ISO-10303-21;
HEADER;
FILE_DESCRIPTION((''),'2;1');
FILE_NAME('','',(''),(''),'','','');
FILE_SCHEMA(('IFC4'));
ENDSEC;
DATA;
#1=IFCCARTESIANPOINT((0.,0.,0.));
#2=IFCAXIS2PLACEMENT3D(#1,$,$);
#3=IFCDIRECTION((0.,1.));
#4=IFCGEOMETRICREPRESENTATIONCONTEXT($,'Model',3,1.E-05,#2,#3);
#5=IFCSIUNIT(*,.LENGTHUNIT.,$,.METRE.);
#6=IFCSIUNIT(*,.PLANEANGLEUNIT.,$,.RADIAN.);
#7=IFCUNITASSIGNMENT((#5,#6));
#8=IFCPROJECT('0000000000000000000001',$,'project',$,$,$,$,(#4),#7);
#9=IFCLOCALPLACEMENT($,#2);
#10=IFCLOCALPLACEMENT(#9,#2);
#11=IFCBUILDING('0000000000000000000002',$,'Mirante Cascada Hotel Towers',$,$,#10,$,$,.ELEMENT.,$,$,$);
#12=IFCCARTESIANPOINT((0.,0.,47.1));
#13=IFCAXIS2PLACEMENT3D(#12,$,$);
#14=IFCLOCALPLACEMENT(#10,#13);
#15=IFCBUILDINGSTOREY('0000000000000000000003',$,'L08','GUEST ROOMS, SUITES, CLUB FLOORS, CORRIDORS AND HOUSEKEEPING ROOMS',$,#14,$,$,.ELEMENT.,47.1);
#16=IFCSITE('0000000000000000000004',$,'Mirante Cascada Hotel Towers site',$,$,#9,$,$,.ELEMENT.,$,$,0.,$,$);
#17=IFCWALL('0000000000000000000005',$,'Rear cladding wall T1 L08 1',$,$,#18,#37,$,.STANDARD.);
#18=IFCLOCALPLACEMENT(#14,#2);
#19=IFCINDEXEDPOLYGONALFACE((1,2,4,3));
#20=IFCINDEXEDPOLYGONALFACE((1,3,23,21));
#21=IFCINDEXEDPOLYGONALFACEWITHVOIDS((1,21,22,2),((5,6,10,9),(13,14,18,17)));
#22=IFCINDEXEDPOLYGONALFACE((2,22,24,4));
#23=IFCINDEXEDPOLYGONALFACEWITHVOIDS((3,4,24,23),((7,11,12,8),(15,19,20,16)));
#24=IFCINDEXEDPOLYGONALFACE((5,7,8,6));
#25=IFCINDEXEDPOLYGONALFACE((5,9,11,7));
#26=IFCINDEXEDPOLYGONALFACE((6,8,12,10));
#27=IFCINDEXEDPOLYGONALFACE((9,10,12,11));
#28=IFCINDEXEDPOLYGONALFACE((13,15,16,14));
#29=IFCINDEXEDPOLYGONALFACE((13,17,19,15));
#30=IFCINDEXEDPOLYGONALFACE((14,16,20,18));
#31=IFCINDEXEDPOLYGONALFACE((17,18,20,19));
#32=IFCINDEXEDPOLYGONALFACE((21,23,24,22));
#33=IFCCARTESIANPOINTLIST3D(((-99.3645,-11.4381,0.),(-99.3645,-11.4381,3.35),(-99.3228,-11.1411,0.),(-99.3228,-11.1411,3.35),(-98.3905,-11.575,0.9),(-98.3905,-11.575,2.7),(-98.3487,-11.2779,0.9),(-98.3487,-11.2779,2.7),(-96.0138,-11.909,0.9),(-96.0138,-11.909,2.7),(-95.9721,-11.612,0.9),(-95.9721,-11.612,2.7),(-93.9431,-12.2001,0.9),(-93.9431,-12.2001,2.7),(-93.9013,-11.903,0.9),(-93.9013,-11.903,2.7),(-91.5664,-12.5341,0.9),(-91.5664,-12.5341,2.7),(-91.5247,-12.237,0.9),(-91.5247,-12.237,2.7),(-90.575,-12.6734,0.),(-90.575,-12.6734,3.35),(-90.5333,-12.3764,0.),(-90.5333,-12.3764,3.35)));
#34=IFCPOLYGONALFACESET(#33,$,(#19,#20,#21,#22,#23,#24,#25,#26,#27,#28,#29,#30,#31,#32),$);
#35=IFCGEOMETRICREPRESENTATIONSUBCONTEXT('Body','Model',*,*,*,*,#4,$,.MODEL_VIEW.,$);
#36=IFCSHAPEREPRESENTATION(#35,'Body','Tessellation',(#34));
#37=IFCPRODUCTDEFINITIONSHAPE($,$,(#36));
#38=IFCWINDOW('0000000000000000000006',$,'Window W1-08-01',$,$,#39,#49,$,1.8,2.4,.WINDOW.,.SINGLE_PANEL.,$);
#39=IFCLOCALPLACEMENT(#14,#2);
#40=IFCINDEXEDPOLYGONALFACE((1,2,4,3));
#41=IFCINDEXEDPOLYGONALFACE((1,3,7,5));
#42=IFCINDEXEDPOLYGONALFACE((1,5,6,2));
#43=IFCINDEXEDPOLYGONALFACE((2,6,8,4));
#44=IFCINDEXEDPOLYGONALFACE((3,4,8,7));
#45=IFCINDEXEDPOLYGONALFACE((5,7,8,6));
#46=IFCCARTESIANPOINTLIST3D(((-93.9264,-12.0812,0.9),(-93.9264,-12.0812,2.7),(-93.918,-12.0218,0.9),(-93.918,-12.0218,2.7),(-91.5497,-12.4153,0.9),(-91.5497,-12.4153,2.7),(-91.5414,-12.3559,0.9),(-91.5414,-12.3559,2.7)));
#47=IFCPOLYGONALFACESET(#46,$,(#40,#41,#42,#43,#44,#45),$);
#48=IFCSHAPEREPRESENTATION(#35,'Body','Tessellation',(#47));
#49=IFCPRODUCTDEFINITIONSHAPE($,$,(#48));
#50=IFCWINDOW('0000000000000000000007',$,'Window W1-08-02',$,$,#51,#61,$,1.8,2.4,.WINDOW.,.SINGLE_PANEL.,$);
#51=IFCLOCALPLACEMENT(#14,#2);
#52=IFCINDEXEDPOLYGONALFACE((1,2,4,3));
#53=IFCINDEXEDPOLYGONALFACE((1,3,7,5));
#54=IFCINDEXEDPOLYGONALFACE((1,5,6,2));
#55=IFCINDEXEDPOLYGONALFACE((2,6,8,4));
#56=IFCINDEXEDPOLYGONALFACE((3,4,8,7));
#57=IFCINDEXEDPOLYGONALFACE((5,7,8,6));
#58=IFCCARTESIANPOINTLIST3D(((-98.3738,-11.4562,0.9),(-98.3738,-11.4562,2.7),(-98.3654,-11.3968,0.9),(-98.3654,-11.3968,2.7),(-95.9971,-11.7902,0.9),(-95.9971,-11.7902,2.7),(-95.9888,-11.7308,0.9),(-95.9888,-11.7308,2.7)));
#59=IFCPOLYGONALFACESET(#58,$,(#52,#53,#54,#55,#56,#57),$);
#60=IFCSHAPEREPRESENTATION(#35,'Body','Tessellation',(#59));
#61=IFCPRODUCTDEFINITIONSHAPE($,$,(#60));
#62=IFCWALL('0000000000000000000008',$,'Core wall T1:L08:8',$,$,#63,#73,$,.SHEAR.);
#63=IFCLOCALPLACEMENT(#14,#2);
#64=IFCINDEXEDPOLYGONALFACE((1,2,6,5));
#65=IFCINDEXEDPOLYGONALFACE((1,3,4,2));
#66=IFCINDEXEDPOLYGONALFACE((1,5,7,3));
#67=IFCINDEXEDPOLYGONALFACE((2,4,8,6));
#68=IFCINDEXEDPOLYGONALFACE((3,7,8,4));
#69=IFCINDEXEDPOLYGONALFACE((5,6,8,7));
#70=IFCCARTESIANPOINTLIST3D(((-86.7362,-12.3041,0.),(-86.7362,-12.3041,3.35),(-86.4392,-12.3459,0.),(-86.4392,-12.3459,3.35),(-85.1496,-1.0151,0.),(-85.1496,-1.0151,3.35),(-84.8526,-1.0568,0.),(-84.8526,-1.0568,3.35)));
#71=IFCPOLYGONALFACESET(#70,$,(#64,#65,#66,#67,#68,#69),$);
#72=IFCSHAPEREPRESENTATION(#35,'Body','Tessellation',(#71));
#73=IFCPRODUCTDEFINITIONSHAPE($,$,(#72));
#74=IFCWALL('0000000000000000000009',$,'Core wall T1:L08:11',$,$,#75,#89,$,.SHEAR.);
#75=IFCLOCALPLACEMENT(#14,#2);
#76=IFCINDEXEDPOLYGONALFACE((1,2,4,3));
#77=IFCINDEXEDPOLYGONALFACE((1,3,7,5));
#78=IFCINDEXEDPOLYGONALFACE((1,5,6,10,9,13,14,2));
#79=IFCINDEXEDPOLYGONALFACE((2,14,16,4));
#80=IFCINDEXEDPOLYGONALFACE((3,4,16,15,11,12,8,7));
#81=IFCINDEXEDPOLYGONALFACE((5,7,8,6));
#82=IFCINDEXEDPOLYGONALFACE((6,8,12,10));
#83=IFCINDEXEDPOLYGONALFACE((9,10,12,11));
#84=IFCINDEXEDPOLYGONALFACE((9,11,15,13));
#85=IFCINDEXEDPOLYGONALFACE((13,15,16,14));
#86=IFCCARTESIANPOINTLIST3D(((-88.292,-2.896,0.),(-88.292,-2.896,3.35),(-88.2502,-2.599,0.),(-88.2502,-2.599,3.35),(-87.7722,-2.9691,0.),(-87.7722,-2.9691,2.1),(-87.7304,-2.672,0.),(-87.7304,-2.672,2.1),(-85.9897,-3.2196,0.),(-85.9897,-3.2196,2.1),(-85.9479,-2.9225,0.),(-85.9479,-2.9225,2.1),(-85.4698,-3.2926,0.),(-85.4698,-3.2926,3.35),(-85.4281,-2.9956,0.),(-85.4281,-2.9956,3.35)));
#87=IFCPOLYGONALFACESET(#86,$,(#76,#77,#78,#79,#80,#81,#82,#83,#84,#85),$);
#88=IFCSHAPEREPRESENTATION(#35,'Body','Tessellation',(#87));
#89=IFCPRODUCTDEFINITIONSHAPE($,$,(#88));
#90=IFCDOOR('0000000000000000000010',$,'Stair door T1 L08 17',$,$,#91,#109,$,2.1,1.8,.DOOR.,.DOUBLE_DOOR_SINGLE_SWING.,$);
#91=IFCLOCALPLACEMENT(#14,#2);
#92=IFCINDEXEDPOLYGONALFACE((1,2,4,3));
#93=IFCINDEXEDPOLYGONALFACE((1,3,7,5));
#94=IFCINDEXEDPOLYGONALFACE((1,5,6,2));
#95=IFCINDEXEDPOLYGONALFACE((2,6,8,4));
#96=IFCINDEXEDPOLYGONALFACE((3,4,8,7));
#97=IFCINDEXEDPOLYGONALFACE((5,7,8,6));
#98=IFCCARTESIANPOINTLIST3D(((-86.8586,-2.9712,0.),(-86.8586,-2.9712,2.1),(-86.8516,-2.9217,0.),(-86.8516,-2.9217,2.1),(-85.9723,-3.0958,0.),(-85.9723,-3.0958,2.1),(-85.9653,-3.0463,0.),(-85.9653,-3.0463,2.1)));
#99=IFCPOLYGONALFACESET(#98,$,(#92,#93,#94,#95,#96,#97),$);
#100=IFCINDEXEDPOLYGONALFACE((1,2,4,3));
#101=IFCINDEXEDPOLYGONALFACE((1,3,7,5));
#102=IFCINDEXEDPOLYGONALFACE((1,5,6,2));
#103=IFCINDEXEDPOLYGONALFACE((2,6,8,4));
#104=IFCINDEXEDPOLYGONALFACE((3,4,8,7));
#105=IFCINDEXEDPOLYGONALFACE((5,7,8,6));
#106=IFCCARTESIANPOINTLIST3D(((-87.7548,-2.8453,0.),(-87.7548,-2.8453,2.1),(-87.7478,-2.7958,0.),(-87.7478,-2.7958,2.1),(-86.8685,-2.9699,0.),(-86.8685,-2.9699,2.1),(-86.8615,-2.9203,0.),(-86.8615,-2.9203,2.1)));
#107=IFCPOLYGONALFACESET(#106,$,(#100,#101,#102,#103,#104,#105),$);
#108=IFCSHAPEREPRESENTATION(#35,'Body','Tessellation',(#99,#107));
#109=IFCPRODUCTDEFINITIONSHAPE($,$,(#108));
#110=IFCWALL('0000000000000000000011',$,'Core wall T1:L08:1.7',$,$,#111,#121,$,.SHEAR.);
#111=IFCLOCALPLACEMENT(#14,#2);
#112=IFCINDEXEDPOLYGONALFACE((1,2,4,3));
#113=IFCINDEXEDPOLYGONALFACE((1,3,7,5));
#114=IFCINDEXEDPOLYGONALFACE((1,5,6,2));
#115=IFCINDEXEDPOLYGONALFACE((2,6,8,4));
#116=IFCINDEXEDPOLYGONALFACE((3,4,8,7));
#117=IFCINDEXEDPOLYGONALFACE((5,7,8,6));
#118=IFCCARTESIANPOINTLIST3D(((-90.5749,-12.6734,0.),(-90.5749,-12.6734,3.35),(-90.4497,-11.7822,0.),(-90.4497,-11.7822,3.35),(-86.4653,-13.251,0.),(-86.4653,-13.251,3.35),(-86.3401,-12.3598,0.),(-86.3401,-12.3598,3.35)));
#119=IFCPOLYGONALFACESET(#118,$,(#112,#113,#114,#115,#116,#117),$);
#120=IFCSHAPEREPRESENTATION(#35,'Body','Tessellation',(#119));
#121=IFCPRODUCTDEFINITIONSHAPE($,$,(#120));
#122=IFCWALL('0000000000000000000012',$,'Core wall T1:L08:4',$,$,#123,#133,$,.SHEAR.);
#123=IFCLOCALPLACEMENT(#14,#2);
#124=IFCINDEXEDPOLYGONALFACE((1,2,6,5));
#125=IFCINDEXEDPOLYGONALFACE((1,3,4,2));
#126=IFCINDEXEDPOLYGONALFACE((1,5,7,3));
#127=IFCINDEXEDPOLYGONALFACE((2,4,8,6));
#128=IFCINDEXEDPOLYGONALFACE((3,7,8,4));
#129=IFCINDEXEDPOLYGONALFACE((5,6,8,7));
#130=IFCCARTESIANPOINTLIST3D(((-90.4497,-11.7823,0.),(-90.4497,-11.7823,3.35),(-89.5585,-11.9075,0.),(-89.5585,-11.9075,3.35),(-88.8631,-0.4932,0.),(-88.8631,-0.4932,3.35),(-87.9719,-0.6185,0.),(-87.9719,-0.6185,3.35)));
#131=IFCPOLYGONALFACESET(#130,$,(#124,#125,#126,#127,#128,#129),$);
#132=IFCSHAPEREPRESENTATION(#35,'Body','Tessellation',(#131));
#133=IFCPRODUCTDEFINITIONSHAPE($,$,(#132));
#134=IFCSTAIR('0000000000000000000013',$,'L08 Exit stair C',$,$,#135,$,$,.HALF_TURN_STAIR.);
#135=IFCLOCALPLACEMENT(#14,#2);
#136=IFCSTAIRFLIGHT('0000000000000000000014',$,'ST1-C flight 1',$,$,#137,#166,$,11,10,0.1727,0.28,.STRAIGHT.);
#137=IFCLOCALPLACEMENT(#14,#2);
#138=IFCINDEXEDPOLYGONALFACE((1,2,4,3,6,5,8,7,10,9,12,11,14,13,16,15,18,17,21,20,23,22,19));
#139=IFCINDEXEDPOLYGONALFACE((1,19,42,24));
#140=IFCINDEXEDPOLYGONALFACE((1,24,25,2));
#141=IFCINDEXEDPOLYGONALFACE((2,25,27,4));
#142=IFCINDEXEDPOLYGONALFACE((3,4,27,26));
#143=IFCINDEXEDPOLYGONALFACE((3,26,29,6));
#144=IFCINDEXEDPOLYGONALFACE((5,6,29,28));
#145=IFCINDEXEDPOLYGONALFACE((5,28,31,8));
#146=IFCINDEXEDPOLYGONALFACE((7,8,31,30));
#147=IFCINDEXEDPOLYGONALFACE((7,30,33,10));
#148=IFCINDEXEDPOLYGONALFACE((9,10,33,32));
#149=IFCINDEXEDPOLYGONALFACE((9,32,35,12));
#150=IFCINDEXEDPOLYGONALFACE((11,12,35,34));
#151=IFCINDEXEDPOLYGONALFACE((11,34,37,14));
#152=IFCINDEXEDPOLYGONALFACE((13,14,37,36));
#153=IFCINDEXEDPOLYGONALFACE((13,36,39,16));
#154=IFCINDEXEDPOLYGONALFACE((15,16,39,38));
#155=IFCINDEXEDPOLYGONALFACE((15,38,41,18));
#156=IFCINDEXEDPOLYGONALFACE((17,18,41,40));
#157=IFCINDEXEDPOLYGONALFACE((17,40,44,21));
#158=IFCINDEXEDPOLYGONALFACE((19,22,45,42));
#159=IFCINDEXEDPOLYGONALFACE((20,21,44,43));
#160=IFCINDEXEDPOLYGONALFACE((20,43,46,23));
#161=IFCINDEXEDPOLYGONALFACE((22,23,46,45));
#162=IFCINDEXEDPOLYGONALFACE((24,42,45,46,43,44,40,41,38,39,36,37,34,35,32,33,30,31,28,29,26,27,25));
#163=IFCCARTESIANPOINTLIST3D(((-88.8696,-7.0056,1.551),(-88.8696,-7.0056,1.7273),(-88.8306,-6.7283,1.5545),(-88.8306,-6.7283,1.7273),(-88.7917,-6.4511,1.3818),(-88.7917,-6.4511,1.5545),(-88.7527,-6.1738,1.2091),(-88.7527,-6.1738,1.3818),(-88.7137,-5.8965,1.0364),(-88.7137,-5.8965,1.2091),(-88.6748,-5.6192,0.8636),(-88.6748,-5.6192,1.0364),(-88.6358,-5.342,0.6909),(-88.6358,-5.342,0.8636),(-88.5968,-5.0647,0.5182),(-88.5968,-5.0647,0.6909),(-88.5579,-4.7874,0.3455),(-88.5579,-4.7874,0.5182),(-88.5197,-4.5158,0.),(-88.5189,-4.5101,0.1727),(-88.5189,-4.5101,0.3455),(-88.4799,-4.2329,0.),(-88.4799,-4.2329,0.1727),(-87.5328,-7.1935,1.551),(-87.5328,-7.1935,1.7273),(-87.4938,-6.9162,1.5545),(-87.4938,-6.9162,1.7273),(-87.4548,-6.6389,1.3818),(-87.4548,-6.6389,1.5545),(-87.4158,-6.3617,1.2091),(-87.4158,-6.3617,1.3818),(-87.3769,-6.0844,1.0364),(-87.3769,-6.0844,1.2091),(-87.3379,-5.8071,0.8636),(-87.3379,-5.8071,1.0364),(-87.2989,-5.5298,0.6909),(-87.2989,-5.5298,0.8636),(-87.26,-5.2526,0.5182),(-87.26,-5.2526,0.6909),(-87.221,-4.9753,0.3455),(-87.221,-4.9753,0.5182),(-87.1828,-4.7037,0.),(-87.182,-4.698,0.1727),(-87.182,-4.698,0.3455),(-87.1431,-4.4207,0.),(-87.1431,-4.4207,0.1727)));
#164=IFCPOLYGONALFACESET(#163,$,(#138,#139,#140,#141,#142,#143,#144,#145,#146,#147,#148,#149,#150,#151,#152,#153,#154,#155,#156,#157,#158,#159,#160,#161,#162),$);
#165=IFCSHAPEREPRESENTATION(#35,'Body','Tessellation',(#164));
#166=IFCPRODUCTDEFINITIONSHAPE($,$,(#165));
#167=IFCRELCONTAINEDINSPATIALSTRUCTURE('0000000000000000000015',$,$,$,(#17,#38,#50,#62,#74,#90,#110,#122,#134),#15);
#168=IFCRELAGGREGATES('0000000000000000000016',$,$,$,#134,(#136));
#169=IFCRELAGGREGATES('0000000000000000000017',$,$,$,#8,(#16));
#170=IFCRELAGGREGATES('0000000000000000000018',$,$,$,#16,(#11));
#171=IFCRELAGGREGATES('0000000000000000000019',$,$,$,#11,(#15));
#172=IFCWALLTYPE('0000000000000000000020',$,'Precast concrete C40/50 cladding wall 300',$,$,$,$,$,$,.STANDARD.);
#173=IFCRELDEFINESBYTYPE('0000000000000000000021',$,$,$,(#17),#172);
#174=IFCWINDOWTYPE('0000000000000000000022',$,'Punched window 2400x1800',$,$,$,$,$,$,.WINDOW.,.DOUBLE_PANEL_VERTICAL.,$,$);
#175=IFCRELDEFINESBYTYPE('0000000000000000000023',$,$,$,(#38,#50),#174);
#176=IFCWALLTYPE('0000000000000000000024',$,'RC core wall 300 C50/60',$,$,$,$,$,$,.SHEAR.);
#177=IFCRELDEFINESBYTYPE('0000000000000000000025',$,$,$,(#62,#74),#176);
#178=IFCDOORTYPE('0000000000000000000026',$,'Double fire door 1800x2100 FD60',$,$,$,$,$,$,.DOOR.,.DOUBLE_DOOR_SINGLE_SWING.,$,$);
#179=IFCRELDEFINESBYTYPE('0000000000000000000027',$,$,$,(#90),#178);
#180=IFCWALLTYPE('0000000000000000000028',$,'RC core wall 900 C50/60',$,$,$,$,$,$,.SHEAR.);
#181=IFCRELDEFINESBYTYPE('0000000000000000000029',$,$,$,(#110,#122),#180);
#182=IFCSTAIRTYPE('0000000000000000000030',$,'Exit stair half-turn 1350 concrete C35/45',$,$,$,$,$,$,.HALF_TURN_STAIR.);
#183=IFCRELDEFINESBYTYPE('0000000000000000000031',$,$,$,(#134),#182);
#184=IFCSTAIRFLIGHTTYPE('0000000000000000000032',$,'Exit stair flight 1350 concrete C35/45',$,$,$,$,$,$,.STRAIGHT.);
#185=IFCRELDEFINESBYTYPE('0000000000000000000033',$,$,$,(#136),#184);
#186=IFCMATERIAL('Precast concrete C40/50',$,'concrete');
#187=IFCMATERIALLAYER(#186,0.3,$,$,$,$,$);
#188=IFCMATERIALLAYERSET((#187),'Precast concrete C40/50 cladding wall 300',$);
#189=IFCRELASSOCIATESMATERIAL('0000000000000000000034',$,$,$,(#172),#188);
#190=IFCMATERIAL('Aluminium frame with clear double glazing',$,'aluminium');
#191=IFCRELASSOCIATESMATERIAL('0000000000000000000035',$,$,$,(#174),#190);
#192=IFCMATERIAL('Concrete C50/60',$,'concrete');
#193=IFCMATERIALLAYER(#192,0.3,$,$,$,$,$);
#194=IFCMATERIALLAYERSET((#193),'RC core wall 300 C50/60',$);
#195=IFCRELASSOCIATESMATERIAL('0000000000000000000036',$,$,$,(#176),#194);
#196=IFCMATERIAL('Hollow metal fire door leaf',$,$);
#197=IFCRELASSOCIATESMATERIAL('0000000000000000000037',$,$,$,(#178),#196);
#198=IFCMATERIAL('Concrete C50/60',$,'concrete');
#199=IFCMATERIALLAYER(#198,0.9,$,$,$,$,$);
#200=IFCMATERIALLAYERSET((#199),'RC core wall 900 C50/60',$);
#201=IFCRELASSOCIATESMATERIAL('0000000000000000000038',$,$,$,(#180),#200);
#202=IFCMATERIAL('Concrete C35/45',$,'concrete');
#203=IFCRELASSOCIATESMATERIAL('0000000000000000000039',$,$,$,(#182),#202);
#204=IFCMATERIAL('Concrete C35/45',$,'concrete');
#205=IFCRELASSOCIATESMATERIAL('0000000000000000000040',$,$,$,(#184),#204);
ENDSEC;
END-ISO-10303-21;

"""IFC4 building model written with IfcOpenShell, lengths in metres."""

from ifc_helpers import new_model, si_unit, direction, frame, frame_2d, origin, place, context, subcontext, project, spatial, polyline, rectangle, outline, extrude, material, layer, layer_set, type_object, element, fill, aggregate, save


model = new_model("IFC4")

# Units and contexts
model_context = context("Model", 3, precision=1e-05, world=origin(), true_north=direction((0.0, 1.0)))
body_context = subcontext(model_context, "Body", "Model", "MODEL_VIEW")
ifc_project = project(units=[si_unit("LENGTHUNIT", "METRE"), si_unit("PLANEANGLEUNIT", "RADIAN")], contexts=[model_context])

# Site, building, storey
site_placement = place(None, origin())
site = spatial("IfcSite", under=ifc_project, at=site_placement, Name="Mirante Cascada Hotel Towers site", CompositionType="ELEMENT", RefElevation=0.0)
building_placement = place(site_placement, origin())
building = spatial("IfcBuilding", under=site, at=building_placement, Name="Mirante Cascada Hotel Towers", CompositionType="ELEMENT")
storey_placement = place(building_placement, frame((0.0, 0.0, 47.1)))
storey = spatial("IfcBuildingStorey", under=building, at=storey_placement, Name="L08", Description="GUEST ROOMS, SUITES, CLUB FLOORS, CORRIDORS AND HOUSEKEEPING ROOMS", CompositionType="ELEMENT", Elevation=47.1)

# Wall, openings, windows
ifc_material_1 = material(Name="Precast concrete C40/50", Category="concrete")
ifc_layer_1 = layer(ifc_material_1, 0.3)
ifc_layer_set_1 = layer_set([ifc_layer_1], Name="Precast concrete C40/50 cladding wall 300")
wall_type_1 = type_object("IfcWallType", Name="Precast concrete C40/50 cladding wall 300", PredefinedType="STANDARD", material=ifc_layer_set_1)
wall_1_placement = place(storey_placement, frame((-90.5541, -12.5249, 0.0), z_axis=(0.0, 0.0, 1.0), x_axis=(-0.990268, 0.139175, 0.0)))
wall_1 = element("IfcWall", 1, at=wall_1_placement, inside=storey, type_object=wall_type_1, Name="Rear cladding wall T1 L08 1", PredefinedType="STANDARD", context=body_context, shape_type="SweptSolid", body=[
    extrude(rectangle(XDim=8.8759, YDim=0.3, at=frame_2d((4.438, 0.0))), origin(), (0.0, 0.0, 1.0), 3.35),
])
opening_1_placement = place(wall_1_placement, frame((1.0012, 0.0, 0.9)))
opening_1 = element("IfcOpeningElement", 2, at=opening_1_placement, cuts=wall_1, PredefinedType="OPENING", context=body_context, shape_type="SweptSolid", body=[
    extrude(rectangle(XDim=2.4, YDim=1.8, at=frame_2d((1.2, 0.9))), frame((0.0, 0.15, 0.0), z_axis=(0.0, -1.0, 0.0), x_axis=(1.0, 0.0, 0.0)), (0.0, 0.0, 1.0), 0.3),
])
opening_2_placement = place(wall_1_placement, frame((5.4923, 0.0, 0.9)))
opening_2 = element("IfcOpeningElement", 3, at=opening_2_placement, cuts=wall_1, PredefinedType="OPENING", context=body_context, shape_type="SweptSolid", body=[
    extrude(rectangle(XDim=2.4, YDim=1.8, at=frame_2d((1.2, 0.9))), frame((0.0, 0.15, 0.0), z_axis=(0.0, -1.0, 0.0), x_axis=(1.0, 0.0, 0.0)), (0.0, 0.0, 1.0), 0.3),
])
ifc_material_2 = material(Name="Aluminium frame with clear double glazing", Category="aluminium")
window_type = type_object("IfcWindowType", Name="Punched window 2400x1800", PartitioningType="DOUBLE_PANEL_VERTICAL", PredefinedType="WINDOW", material=ifc_material_2)
window_1_placement = place(opening_1_placement, origin())
window_1 = element("IfcWindow", 4, at=window_1_placement, inside=storey, type_object=window_type, Name="Window W1-08-01", OverallHeight=1.8, OverallWidth=2.4, PartitioningType="SINGLE_PANEL", PredefinedType="WINDOW", context=body_context, shape_type="SweptSolid", body=[
    extrude(rectangle(XDim=2.4, YDim=1.8, at=frame_2d((1.2, 0.9))), frame((0.0, 0.03, 0.0), z_axis=(0.0, -1.0, 0.0), x_axis=(1.0, 0.0, 0.0)), (0.0, 0.0, 1.0), 0.06),
])
fill(opening_1, window_1)
window_2_placement = place(opening_2_placement, origin())
window_2 = element("IfcWindow", 5, at=window_2_placement, inside=storey, type_object=window_type, Name="Window W1-08-02", OverallHeight=1.8, OverallWidth=2.4, PartitioningType="SINGLE_PANEL", PredefinedType="WINDOW", context=body_context, shape_type="SweptSolid", body=[
    extrude(rectangle(XDim=2.4, YDim=1.8, at=frame_2d((1.2, 0.9))), frame((0.0, 0.03, 0.0), z_axis=(0.0, -1.0, 0.0), x_axis=(1.0, 0.0, 0.0)), (0.0, 0.0, 1.0), 0.06),
])
fill(opening_2, window_2)

# Wall
ifc_material_3 = material(Name="Concrete C50/60", Category="concrete")
ifc_layer_2 = layer(ifc_material_3, 0.3)
ifc_layer_set_2 = layer_set([ifc_layer_2], Name="RC core wall 300 C50/60")
wall_type_2 = type_object("IfcWallType", Name="RC core wall 300 C50/60", PredefinedType="SHEAR", material=ifc_layer_set_2)
wall_2_placement = place(storey_placement, frame((-86.5877, -12.325, 0.0), z_axis=(0.0, 0.0, 1.0), x_axis=(0.139175, 0.990268, 0.0)))
element("IfcWall", 6, at=wall_2_placement, inside=storey, type_object=wall_type_2, Name="Core wall T1:L08:8", PredefinedType="SHEAR", context=body_context, shape_type="SweptSolid", body=[
    extrude(rectangle(XDim=11.4, YDim=0.3, at=frame_2d((5.7, 0.0))), origin(), (0.0, 0.0, 1.0), 3.35),
])

# Wall, opening, door
wall_3_placement = place(storey_placement, frame((-85.4489, -3.1441, 0.0), z_axis=(0.0, 0.0, 1.0), x_axis=(-0.99027, 0.139161, 0.0)))
wall_3 = element("IfcWall", 7, at=wall_3_placement, inside=storey, type_object=wall_type_2, Name="Core wall T1:L08:11", PredefinedType="SHEAR", context=body_context, shape_type="SweptSolid", body=[
    extrude(rectangle(XDim=2.8499, YDim=0.3, at=frame_2d((1.425, 0.0))), origin(), (0.0, 0.0, 1.0), 3.35),
])
opening_3_placement = place(wall_3_placement, frame((0.525, 0.0, 0.0)))
opening_3 = element("IfcOpeningElement", 8, at=opening_3_placement, cuts=wall_3, PredefinedType="OPENING", context=body_context, shape_type="SweptSolid", body=[
    extrude(rectangle(XDim=1.8, YDim=2.1, at=frame_2d((0.9, 1.05))), frame((0.0, 0.15, 0.0), z_axis=(0.0, -1.0, 0.0), x_axis=(1.0, 0.0, 0.0)), (0.0, 0.0, 1.0), 0.3),
])
ifc_material_4 = material(Name="Hollow metal fire door leaf")
door_type_1 = type_object("IfcDoorType", Name="Double fire door 1800x2100 FD60", OperationType="DOUBLE_DOOR_SINGLE_SWING", PredefinedType="DOOR", material=ifc_material_4)
door_1_placement = place(opening_3_placement, origin())
door_1 = element("IfcDoor", 9, at=door_1_placement, inside=storey, type_object=door_type_1, Name="Stair door T1 L08 17", OperationType="DOUBLE_DOOR_SINGLE_SWING", OverallHeight=2.1, OverallWidth=1.8, PredefinedType="DOOR", context=body_context, shape_type="SweptSolid", body=[
    extrude(rectangle(XDim=0.895, YDim=2.1, at=frame_2d((0.4475, 1.05))), frame((0.0, 0.025, 0.0), z_axis=(0.0, -1.0, 0.0), x_axis=(1.0, 0.0, 0.0)), (0.0, 0.0, 1.0), 0.05),
    extrude(rectangle(XDim=0.895, YDim=2.1, at=frame_2d((1.3525, 1.05))), frame((0.0, 0.025, 0.0), z_axis=(0.0, -1.0, 0.0), x_axis=(1.0, 0.0, 0.0)), (0.0, 0.0, 1.0), 0.05),
])
fill(opening_3, door_1)

# Walls
ifc_material_5 = material(Name="Concrete C50/60", Category="concrete")
ifc_layer_3 = layer(ifc_material_5, 0.9)
ifc_layer_set_3 = layer_set([ifc_layer_3], Name="RC core wall 900 C50/60")
wall_type_3 = type_object("IfcWallType", Name="RC core wall 900 C50/60", PredefinedType="SHEAR", material=ifc_layer_set_3)
wall_4_placement = place(storey_placement, frame((-86.4027, -12.8054, 0.0), z_axis=(0.0, 0.0, 1.0), x_axis=(-0.990267, 0.139181, 0.0)))
element("IfcWall", 10, at=wall_4_placement, inside=storey, type_object=wall_type_3, Name="Core wall T1:L08:1.7", PredefinedType="SHEAR", context=body_context, shape_type="SweptSolid", body=[
    extrude(rectangle(XDim=4.15, YDim=0.9, at=frame_2d((2.075, 0.0))), origin(), (0.0, 0.0, 1.0), 3.35),
])
wall_5_placement = place(storey_placement, frame((-90.0041, -11.8449, 0.0), z_axis=(0.0, 0.0, 1.0), x_axis=(0.139175, 0.990268, 0.0)))
element("IfcWall", 11, at=wall_5_placement, inside=storey, type_object=wall_type_3, Name="Core wall T1:L08:4", PredefinedType="SHEAR", context=body_context, shape_type="SweptSolid", body=[
    extrude(rectangle(XDim=11.4, YDim=0.9, at=frame_2d((5.7, 0.0))), origin(), (0.0, 0.0, 1.0), 3.35),
])

# Stair, stair flight
ifc_material_6 = material(Name="Concrete C35/45", Category="concrete")
stair_type = type_object("IfcStairType", Name="Exit stair half-turn 1350 concrete C35/45", PredefinedType="HALF_TURN_STAIR", material=ifc_material_6)
stair_placement = place(storey_placement, origin())
stair = element("IfcStair", 12, at=stair_placement, inside=storey, type_object=stair_type, Name="L08 Exit stair C", PredefinedType="HALF_TURN_STAIR")
ifc_material_7 = material(Name="Concrete C35/45", Category="concrete")
stair_flight_type = type_object("IfcStairFlightType", Name="Exit stair flight 1350 concrete C35/45", PredefinedType="STRAIGHT", material=ifc_material_7)
stair_flight_1_placement = place(storey_placement, frame((-87.8115, -4.3268, 0.0), z_axis=(0.0, 0.0, 1.0), x_axis=(-0.139173, -0.990268, 0.0)))
stair_flight_1 = element("IfcStairFlight", 13, at=stair_flight_1_placement, type_object=stair_flight_type, Name="ST1-C flight 1", NumberOfRisers=11, NumberOfTreads=10, PredefinedType="STRAIGHT", RiserHeight=0.1727, TreadLength=0.28, context=body_context, shape_type="SweptSolid", body=[
    extrude(outline(polyline([(0.0, 0.0), (0.0, 0.1727), (0.28, 0.1727), (0.28, 0.3455), (0.56, 0.3455), (0.56, 0.5182), (0.84, 0.5182), (0.84, 0.6909), (1.12, 0.6909), (1.12, 0.8636), (1.4, 0.8636), (1.4, 1.0364), (1.68, 1.0364), (1.68, 1.2091), (1.96, 1.2091), (1.96, 1.3818), (2.24, 1.3818), (2.24, 1.5545), (2.52, 1.5545), (2.52, 1.7273), (2.8, 1.7273), (2.8, 1.9), (2.8, 1.551), (0.2857, 0.0), (0.0, 0.0)])), frame((0.0, 0.675, 0.0), z_axis=(0.0, -1.0, 0.0), x_axis=(1.0, 0.0, 0.0)), (0.0, 0.0, 1.0), 1.35),
])
aggregate(stair, [stair_flight_1])

save(model, "model.ifc")
